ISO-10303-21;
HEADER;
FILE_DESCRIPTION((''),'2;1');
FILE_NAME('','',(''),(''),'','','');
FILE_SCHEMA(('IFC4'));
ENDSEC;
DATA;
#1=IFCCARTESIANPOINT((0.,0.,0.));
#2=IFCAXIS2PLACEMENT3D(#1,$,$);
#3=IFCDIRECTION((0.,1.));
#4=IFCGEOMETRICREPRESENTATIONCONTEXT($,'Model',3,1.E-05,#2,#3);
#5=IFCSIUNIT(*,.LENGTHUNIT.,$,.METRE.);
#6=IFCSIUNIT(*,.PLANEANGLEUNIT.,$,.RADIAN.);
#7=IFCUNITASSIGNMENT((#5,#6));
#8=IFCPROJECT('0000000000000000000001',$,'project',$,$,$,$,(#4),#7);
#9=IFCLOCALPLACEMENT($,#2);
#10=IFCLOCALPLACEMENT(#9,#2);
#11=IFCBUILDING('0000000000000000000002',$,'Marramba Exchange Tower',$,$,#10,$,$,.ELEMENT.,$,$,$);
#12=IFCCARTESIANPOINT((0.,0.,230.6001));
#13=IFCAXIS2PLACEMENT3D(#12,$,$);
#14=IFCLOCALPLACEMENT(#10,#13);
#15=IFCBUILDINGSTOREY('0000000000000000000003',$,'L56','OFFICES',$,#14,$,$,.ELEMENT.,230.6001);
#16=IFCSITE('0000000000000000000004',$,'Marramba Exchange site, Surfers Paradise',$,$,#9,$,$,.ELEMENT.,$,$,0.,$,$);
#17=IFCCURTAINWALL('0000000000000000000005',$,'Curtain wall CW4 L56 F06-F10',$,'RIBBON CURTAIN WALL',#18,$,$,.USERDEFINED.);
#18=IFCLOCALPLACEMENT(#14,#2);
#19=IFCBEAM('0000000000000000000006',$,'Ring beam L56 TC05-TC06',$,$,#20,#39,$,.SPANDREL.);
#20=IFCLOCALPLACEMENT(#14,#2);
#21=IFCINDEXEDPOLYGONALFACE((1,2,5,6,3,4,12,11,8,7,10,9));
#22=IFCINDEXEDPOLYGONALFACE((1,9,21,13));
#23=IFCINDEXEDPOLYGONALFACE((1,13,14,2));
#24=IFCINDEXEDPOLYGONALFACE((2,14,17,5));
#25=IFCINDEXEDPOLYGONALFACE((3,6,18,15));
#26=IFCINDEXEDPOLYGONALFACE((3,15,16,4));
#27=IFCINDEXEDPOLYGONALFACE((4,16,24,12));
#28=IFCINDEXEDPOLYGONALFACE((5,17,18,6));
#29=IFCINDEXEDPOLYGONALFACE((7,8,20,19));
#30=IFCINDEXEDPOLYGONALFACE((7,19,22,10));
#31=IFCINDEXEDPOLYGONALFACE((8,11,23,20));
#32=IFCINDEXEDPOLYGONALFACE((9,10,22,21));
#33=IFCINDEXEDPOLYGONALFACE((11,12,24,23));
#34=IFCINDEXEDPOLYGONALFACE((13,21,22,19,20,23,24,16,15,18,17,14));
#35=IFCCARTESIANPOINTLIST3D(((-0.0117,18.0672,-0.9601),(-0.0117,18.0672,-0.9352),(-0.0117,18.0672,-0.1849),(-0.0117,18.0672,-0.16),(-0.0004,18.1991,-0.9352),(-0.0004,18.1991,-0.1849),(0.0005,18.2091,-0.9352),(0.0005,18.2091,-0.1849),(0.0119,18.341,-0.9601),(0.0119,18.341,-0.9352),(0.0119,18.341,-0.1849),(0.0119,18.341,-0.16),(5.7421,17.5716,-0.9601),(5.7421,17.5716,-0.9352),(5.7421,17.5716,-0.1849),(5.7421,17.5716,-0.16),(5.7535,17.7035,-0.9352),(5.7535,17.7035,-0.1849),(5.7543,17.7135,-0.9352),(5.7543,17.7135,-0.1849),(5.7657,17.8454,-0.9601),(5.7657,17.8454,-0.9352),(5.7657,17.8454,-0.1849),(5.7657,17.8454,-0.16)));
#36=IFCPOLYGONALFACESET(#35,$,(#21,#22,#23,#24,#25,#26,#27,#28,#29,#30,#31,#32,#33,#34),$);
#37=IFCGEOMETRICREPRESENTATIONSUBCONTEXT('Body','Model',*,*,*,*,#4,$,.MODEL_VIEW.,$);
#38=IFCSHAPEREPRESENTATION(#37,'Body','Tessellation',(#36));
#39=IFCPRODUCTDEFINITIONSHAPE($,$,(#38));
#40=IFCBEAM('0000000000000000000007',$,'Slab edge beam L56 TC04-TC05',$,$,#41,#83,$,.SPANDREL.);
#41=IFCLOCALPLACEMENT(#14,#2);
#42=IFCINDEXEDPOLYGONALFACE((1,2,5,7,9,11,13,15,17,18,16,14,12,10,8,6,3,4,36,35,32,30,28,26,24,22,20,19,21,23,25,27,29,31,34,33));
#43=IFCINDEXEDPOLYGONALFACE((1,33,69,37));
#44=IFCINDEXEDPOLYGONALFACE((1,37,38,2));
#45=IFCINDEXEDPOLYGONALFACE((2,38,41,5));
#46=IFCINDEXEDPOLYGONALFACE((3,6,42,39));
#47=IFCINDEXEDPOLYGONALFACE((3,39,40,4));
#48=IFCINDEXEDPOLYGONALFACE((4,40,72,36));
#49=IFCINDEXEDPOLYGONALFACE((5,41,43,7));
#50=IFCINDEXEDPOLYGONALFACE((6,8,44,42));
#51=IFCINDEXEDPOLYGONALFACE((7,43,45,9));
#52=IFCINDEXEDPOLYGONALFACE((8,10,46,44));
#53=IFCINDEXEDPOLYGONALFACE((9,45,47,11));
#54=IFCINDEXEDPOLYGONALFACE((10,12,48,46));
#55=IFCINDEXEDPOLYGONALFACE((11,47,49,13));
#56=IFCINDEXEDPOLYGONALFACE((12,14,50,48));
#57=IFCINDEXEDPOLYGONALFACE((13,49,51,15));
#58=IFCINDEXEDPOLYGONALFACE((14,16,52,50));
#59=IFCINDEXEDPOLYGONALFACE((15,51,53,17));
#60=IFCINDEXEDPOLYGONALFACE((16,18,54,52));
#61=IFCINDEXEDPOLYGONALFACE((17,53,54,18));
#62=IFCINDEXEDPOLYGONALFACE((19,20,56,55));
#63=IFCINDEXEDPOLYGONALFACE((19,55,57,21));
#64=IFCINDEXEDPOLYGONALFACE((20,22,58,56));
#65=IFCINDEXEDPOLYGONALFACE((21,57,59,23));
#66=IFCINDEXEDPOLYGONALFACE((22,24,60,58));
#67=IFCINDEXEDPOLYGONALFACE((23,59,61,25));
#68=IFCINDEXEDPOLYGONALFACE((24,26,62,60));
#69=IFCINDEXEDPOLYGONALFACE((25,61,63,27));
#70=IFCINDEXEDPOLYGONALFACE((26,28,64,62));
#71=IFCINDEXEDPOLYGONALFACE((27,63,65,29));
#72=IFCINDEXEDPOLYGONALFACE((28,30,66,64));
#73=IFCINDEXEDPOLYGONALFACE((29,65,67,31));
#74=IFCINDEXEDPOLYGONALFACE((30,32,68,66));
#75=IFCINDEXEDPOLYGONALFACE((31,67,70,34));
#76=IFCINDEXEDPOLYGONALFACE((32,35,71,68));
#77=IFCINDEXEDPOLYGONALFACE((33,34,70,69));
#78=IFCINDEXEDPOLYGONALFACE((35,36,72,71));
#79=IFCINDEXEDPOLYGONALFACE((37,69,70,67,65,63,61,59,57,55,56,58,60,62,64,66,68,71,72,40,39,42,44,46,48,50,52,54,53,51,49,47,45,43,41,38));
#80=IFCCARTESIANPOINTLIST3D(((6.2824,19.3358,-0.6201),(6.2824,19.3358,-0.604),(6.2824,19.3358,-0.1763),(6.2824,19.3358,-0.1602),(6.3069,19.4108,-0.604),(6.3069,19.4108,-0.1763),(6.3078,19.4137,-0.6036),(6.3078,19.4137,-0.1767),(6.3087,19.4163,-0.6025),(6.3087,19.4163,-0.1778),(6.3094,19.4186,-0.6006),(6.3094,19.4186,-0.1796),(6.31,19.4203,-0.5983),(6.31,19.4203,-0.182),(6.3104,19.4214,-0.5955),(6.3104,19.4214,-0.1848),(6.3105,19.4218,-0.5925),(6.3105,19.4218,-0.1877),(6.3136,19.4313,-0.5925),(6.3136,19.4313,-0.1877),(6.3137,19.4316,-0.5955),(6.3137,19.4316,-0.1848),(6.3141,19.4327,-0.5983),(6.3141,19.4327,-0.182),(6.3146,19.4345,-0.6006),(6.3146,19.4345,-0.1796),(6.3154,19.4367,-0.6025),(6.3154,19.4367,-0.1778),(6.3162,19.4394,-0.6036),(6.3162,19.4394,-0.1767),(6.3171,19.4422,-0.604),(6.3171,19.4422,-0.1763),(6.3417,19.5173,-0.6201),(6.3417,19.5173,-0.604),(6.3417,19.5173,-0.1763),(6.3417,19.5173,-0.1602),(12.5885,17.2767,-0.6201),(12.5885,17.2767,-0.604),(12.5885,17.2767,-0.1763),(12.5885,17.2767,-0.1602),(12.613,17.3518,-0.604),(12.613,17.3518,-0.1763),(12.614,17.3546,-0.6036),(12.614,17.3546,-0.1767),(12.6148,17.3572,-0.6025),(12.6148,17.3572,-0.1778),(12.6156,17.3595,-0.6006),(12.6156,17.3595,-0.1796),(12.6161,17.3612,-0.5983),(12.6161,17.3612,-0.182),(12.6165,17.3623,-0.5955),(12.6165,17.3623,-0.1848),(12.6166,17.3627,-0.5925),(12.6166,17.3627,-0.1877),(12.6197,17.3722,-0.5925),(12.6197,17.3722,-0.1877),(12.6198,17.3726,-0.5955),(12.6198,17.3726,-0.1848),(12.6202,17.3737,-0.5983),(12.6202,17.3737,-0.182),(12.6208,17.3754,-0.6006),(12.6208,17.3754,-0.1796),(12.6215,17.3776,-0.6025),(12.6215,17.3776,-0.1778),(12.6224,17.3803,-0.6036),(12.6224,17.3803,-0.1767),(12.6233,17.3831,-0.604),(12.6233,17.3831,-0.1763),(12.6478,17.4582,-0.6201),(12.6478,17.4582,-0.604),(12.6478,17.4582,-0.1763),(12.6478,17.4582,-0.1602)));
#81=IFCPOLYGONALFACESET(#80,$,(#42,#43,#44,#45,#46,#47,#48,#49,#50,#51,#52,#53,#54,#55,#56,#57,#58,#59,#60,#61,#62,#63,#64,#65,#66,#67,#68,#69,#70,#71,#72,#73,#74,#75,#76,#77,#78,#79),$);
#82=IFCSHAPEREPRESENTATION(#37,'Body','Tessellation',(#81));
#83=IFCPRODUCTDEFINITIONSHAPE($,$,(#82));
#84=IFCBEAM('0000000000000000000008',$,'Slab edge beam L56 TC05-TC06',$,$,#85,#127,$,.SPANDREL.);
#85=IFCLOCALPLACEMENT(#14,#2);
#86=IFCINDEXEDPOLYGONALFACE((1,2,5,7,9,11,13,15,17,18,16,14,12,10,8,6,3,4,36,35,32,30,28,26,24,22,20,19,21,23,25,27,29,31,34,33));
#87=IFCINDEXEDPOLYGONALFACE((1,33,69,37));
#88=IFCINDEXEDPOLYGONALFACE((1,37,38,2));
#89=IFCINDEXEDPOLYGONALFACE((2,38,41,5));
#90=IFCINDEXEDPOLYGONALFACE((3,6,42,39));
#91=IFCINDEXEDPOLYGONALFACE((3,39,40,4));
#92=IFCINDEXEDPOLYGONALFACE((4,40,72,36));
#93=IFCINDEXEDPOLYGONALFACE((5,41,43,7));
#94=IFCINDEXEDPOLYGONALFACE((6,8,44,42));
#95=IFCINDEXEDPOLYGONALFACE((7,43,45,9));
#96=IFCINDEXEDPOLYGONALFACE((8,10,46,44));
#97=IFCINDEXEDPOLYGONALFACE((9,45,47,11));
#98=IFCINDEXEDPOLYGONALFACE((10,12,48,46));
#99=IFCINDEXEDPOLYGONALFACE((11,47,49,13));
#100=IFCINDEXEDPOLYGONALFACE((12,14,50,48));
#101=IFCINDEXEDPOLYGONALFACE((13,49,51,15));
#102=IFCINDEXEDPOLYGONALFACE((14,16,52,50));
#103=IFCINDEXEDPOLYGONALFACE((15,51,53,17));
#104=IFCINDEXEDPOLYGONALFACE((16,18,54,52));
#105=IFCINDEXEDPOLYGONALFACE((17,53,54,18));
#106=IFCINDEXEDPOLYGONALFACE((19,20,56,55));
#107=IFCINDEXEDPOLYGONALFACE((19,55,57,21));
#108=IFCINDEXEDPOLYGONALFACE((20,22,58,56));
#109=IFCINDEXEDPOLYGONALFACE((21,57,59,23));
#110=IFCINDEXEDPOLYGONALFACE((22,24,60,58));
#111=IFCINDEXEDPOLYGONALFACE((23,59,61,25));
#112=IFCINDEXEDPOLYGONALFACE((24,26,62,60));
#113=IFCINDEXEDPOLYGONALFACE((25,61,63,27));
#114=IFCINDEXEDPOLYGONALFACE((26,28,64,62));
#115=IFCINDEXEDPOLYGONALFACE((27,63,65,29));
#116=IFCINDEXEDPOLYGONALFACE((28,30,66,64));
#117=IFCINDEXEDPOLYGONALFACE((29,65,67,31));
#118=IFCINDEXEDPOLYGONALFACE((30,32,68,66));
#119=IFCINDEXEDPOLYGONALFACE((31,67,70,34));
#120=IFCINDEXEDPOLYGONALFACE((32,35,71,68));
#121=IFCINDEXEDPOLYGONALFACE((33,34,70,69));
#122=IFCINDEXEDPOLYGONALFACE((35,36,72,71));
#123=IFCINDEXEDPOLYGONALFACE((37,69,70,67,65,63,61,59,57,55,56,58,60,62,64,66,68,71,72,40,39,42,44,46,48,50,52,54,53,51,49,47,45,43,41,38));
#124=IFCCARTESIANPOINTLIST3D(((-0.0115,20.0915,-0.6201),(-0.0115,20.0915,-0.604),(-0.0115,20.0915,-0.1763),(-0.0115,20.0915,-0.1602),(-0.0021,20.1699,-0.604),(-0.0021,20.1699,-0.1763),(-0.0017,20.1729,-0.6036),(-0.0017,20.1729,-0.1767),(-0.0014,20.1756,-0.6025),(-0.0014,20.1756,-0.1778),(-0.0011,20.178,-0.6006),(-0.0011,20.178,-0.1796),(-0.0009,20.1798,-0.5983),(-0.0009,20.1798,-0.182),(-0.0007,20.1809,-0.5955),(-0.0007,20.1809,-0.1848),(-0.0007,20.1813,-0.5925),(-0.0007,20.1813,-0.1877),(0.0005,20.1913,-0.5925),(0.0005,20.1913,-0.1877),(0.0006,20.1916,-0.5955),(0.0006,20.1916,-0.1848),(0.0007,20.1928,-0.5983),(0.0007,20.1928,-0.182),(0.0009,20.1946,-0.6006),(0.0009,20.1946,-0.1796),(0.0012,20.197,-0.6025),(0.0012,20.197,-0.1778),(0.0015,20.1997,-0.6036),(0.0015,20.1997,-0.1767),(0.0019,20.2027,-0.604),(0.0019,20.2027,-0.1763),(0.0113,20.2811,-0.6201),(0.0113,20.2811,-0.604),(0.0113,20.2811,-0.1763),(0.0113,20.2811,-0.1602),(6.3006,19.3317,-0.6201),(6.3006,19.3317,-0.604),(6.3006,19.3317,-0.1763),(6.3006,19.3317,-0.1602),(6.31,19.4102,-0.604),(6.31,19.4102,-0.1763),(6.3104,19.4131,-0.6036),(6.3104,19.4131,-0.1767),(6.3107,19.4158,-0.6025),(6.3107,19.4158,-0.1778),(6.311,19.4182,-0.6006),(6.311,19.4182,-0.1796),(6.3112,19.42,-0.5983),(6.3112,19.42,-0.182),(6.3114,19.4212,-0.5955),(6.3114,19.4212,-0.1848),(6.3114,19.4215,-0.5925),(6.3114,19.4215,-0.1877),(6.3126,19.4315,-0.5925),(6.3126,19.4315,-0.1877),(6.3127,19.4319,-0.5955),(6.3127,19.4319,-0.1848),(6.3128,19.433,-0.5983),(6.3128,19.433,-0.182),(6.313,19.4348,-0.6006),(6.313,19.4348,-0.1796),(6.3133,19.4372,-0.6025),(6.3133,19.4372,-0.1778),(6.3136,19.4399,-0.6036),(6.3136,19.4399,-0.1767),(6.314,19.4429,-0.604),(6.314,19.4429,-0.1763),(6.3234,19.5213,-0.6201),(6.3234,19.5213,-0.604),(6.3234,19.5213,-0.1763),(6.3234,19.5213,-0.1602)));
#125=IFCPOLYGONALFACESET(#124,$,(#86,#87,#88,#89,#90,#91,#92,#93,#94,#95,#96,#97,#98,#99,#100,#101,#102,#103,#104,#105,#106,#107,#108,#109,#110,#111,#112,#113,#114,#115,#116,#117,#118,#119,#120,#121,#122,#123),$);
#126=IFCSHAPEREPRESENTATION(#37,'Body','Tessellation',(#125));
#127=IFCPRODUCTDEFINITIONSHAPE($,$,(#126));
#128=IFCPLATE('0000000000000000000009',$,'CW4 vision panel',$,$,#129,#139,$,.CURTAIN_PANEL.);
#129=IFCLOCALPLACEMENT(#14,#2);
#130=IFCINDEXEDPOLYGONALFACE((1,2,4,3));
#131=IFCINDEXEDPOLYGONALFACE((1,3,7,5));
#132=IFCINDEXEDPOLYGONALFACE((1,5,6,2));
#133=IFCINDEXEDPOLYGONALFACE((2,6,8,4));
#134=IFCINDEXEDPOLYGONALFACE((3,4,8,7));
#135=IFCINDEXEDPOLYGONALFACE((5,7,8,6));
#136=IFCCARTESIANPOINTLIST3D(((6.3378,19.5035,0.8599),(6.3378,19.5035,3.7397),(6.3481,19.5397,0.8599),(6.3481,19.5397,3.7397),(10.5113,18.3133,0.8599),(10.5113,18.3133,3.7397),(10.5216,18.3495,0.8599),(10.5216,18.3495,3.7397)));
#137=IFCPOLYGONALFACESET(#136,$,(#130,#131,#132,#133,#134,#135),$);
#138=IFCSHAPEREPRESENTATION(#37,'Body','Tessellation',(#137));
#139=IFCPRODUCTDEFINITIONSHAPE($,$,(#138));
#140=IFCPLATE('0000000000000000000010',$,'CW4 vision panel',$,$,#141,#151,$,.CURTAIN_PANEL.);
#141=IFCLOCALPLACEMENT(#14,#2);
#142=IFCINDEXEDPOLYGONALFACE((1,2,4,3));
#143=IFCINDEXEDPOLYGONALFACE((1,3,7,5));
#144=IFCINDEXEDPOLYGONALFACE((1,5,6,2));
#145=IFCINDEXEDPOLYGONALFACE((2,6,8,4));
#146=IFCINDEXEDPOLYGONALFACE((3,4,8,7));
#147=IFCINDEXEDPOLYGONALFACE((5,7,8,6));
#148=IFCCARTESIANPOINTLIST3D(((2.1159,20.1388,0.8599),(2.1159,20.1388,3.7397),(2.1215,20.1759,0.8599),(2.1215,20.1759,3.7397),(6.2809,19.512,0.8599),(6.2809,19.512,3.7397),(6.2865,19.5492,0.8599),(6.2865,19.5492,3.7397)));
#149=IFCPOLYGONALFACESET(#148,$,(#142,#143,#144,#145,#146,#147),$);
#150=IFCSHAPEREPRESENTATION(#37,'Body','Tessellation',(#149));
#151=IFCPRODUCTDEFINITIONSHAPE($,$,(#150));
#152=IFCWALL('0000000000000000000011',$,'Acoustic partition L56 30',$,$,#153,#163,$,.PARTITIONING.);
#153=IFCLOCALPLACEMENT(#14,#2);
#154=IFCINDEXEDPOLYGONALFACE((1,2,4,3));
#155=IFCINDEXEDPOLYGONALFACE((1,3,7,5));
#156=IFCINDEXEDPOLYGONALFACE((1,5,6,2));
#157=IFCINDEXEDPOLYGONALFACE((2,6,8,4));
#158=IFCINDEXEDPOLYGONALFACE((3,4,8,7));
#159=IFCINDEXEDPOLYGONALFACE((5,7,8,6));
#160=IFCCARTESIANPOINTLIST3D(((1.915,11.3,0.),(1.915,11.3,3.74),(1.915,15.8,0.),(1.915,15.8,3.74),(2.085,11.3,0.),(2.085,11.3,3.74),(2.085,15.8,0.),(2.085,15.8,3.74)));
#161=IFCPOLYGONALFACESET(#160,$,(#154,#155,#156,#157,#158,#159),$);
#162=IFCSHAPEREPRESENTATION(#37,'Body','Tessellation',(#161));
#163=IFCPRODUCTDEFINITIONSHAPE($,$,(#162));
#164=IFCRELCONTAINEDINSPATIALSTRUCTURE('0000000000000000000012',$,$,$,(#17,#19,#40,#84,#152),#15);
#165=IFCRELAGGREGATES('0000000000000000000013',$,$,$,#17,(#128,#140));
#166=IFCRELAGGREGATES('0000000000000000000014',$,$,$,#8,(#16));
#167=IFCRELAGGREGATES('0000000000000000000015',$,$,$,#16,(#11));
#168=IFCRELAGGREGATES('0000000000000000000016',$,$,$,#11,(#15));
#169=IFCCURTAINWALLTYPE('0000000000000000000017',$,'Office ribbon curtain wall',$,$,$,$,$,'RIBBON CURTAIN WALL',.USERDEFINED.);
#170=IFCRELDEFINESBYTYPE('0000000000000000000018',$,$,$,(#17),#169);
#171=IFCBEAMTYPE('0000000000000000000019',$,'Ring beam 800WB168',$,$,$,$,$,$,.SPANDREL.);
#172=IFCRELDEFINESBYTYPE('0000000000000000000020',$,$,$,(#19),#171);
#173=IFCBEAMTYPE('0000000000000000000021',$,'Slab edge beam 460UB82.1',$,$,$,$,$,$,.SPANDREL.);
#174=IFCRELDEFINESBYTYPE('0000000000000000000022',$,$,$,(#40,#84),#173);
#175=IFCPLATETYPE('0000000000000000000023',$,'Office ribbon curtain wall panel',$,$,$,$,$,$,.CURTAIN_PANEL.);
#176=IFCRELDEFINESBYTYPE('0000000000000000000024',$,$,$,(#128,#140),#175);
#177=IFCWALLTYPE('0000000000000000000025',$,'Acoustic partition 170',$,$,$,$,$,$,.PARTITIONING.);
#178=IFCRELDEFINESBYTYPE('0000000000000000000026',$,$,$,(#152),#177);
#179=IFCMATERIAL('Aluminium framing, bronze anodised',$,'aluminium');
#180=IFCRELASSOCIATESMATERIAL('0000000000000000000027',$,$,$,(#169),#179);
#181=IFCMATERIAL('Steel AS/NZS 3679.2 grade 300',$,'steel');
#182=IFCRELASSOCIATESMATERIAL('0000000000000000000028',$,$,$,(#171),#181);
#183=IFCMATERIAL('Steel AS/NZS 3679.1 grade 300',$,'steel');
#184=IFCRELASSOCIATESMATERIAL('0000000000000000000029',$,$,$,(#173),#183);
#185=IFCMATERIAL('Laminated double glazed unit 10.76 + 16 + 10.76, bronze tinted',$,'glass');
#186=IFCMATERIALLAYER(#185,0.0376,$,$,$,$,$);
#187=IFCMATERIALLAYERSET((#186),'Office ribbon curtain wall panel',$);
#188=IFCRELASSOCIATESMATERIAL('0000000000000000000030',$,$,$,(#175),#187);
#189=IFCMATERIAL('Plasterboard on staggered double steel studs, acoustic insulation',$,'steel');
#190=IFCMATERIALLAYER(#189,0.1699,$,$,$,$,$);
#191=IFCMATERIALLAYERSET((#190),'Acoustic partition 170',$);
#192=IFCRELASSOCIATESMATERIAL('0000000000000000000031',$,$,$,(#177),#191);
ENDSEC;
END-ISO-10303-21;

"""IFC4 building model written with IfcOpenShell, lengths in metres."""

from ifc_helpers import new_model, si_unit, direction, frame, frame_2d, origin, origin_2d, place, context, subcontext, project, spatial, rectangle, i_section, extrude, material, layer, layer_set, material_profile, profile_set, type_object, element, aggregate, save


model = new_model("IFC4")

# Units and contexts
model_context = context("Model", 3, precision=1e-05, world=origin(), true_north=direction((0.0, 1.0)))
body_context = subcontext(model_context, "Body", "Model", "MODEL_VIEW")
ifc_project = project(units=[si_unit("LENGTHUNIT", "METRE"), si_unit("PLANEANGLEUNIT", "RADIAN")], contexts=[model_context])

# Site, building, storey
site_placement = place(None, origin())
site = spatial("IfcSite", under=ifc_project, at=site_placement, Name="Marramba Exchange site, Surfers Paradise", CompositionType="ELEMENT", RefElevation=0.0)
building_placement = place(site_placement, origin())
building = spatial("IfcBuilding", under=site, at=building_placement, Name="Marramba Exchange Tower", CompositionType="ELEMENT")
storey_placement = place(building_placement, frame((0.0, 0.0, 230.6001)))
storey = spatial("IfcBuildingStorey", under=building, at=storey_placement, Name="L56", Description="OFFICES", CompositionType="ELEMENT", Elevation=230.6001)

# Shared definitions
ifc_material_1 = material(Name="Steel AS/NZS 3679.2 grade 300", Category="steel")

# Curtain wall
ifc_material_2 = material(Name="Aluminium framing, bronze anodised", Category="aluminium")
curtain_wall_type = type_object("IfcCurtainWallType", Name="Office ribbon curtain wall", ElementType="RIBBON CURTAIN WALL", PredefinedType="USERDEFINED", material=ifc_material_2)
curtain_wall_placement = place(storey_placement, origin())
curtain_wall = element("IfcCurtainWall", 1, at=curtain_wall_placement, inside=storey, type_object=curtain_wall_type, Name="Curtain wall CW4 L56 F06-F10", ObjectType="RIBBON CURTAIN WALL", PredefinedType="USERDEFINED")

# Beams
ifc_material_profile_1 = material_profile(ifc_material_1, i_section(OverallWidth=0.2749, OverallDepth=0.8, WebThickness=0.01, FlangeThickness=0.0249, at=origin_2d()), Name="800WB168")
ifc_profile_set_1 = profile_set([ifc_material_profile_1], Name="Steel AS/NZS 3679.2 grade 300")
beam_type_1 = type_object("IfcBeamType", Name="Ring beam 800WB168", PredefinedType="SPANDREL", material=ifc_profile_set_1)
beam_1_placement = place(storey_placement, frame((5.7539, 17.7085, -0.5601), z_axis=(-0.996311, 0.085816, 0.0), x_axis=(-0.085816, -0.996311, 0.0)))
element("IfcBeam", 2, at=beam_1_placement, inside=storey, type_object=beam_type_1, Name="Ring beam L56 TC05-TC06", PredefinedType="SPANDREL", context=body_context, shape_type="SweptSolid", body=[
    extrude(i_section(OverallWidth=0.2749, OverallDepth=0.8, WebThickness=0.01, FlangeThickness=0.0249, at=origin_2d()), origin(), (0.0, 0.0, 1.0), 5.7751),
])
ifc_material_3 = material(Name="Steel AS/NZS 3679.1 grade 300", Category="steel")
ifc_material_profile_2 = material_profile(ifc_material_3, i_section(OverallWidth=0.1909, OverallDepth=0.46, WebThickness=0.01, FlangeThickness=0.0161, FilletRadius=0.0115, at=origin_2d()), Name="460UB82.1")
ifc_profile_set_2 = profile_set([ifc_material_profile_2], Name="Steel AS/NZS 3679.1 grade 300")
beam_type_2 = type_object("IfcBeamType", Name="Slab edge beam 460UB82.1", PredefinedType="SPANDREL", material=ifc_profile_set_2)
beam_2_placement = place(storey_placement, frame((12.6182, 17.3674, -0.3901), z_axis=(-0.950609, 0.310392, 0.0), x_axis=(-0.310392, -0.950609, 0.0)))
element("IfcBeam", 3, at=beam_2_placement, inside=storey, type_object=beam_type_2, Name="Slab edge beam L56 TC04-TC05", PredefinedType="SPANDREL", context=body_context, shape_type="SweptSolid", body=[
    extrude(i_section(OverallWidth=0.1909, OverallDepth=0.46, WebThickness=0.01, FlangeThickness=0.0161, FilletRadius=0.0115, at=origin_2d()), origin(), (0.0, 0.0, 1.0), 6.6338),
])
beam_3_placement = place(storey_placement, frame((6.312, 19.4265, -0.3901), z_axis=(-0.992834, 0.119506, 0.0), x_axis=(-0.119506, -0.992834, 0.0)))
element("IfcBeam", 4, at=beam_3_placement, inside=storey, type_object=beam_type_2, Name="Slab edge beam L56 TC05-TC06", PredefinedType="SPANDREL", context=body_context, shape_type="SweptSolid", body=[
    extrude(i_section(OverallWidth=0.1909, OverallDepth=0.46, WebThickness=0.01, FlangeThickness=0.0161, FilletRadius=0.0115, at=origin_2d()), origin(), (0.0, 0.0, 1.0), 6.3577),
])

# Plates
ifc_material_4 = material(Name="Laminated double glazed unit 10.76 + 16 + 10.76, bronze tinted", Category="glass")
ifc_layer_1 = layer(ifc_material_4, 0.0376)
ifc_layer_set_1 = layer_set([ifc_layer_1], Name="Office ribbon curtain wall panel")
plate_type = type_object("IfcPlateType", Name="Office ribbon curtain wall panel", PredefinedType="CURTAIN_PANEL", material=ifc_layer_set_1)
plate_1_placement = place(storey_placement, frame((8.4297, 18.9265, 0.8599), z_axis=(0.0, 0.0, 1.0), x_axis=(-0.961659, 0.274248, 0.0)))
plate_1 = element("IfcPlate", 5, at=plate_1_placement, type_object=plate_type, Name="CW4 vision panel", PredefinedType="CURTAIN_PANEL", context=body_context, shape_type="SweptSolid", body=[
    extrude(rectangle(XDim=4.3398, YDim=0.0376, at=origin_2d()), origin(), (0.0, 0.0, 1.0), 2.8799),
])
plate_2_placement = place(storey_placement, frame((4.2012, 19.844, 0.8599), z_axis=(0.0, 0.0, 1.0), x_axis=(-0.988868, 0.148795, 0.0)))
plate_2 = element("IfcPlate", 6, at=plate_2_placement, type_object=plate_type, Name="CW4 vision panel", PredefinedType="CURTAIN_PANEL", context=body_context, shape_type="SweptSolid", body=[
    extrude(rectangle(XDim=4.2119, YDim=0.0376, at=origin_2d()), origin(), (0.0, 0.0, 1.0), 2.8799),
])
aggregate(curtain_wall, [plate_1, plate_2])

# Wall
ifc_material_5 = material(Name="Plasterboard on staggered double steel studs, acoustic insulation", Category="steel")
ifc_layer_2 = layer(ifc_material_5, 0.1699)
ifc_layer_set_2 = layer_set([ifc_layer_2], Name="Acoustic partition 170")
wall_type_1 = type_object("IfcWallType", Name="Acoustic partition 170", PredefinedType="PARTITIONING", material=ifc_layer_set_2)
wall_1_placement = place(storey_placement, frame((2.0, 15.8, 0.0), z_axis=(0.0, 0.0, 1.0), x_axis=(0.0, -1.0, 0.0)))
element("IfcWall", 7, at=wall_1_placement, inside=storey, type_object=wall_type_1, Name="Acoustic partition L56 30", PredefinedType="PARTITIONING", context=body_context, shape_type="SweptSolid", body=[
    extrude(rectangle(XDim=4.5, YDim=0.1699, at=frame_2d((2.25, 0.0))), origin(), (0.0, 0.0, 1.0), 3.74),
])

save(model, "model.ifc")
